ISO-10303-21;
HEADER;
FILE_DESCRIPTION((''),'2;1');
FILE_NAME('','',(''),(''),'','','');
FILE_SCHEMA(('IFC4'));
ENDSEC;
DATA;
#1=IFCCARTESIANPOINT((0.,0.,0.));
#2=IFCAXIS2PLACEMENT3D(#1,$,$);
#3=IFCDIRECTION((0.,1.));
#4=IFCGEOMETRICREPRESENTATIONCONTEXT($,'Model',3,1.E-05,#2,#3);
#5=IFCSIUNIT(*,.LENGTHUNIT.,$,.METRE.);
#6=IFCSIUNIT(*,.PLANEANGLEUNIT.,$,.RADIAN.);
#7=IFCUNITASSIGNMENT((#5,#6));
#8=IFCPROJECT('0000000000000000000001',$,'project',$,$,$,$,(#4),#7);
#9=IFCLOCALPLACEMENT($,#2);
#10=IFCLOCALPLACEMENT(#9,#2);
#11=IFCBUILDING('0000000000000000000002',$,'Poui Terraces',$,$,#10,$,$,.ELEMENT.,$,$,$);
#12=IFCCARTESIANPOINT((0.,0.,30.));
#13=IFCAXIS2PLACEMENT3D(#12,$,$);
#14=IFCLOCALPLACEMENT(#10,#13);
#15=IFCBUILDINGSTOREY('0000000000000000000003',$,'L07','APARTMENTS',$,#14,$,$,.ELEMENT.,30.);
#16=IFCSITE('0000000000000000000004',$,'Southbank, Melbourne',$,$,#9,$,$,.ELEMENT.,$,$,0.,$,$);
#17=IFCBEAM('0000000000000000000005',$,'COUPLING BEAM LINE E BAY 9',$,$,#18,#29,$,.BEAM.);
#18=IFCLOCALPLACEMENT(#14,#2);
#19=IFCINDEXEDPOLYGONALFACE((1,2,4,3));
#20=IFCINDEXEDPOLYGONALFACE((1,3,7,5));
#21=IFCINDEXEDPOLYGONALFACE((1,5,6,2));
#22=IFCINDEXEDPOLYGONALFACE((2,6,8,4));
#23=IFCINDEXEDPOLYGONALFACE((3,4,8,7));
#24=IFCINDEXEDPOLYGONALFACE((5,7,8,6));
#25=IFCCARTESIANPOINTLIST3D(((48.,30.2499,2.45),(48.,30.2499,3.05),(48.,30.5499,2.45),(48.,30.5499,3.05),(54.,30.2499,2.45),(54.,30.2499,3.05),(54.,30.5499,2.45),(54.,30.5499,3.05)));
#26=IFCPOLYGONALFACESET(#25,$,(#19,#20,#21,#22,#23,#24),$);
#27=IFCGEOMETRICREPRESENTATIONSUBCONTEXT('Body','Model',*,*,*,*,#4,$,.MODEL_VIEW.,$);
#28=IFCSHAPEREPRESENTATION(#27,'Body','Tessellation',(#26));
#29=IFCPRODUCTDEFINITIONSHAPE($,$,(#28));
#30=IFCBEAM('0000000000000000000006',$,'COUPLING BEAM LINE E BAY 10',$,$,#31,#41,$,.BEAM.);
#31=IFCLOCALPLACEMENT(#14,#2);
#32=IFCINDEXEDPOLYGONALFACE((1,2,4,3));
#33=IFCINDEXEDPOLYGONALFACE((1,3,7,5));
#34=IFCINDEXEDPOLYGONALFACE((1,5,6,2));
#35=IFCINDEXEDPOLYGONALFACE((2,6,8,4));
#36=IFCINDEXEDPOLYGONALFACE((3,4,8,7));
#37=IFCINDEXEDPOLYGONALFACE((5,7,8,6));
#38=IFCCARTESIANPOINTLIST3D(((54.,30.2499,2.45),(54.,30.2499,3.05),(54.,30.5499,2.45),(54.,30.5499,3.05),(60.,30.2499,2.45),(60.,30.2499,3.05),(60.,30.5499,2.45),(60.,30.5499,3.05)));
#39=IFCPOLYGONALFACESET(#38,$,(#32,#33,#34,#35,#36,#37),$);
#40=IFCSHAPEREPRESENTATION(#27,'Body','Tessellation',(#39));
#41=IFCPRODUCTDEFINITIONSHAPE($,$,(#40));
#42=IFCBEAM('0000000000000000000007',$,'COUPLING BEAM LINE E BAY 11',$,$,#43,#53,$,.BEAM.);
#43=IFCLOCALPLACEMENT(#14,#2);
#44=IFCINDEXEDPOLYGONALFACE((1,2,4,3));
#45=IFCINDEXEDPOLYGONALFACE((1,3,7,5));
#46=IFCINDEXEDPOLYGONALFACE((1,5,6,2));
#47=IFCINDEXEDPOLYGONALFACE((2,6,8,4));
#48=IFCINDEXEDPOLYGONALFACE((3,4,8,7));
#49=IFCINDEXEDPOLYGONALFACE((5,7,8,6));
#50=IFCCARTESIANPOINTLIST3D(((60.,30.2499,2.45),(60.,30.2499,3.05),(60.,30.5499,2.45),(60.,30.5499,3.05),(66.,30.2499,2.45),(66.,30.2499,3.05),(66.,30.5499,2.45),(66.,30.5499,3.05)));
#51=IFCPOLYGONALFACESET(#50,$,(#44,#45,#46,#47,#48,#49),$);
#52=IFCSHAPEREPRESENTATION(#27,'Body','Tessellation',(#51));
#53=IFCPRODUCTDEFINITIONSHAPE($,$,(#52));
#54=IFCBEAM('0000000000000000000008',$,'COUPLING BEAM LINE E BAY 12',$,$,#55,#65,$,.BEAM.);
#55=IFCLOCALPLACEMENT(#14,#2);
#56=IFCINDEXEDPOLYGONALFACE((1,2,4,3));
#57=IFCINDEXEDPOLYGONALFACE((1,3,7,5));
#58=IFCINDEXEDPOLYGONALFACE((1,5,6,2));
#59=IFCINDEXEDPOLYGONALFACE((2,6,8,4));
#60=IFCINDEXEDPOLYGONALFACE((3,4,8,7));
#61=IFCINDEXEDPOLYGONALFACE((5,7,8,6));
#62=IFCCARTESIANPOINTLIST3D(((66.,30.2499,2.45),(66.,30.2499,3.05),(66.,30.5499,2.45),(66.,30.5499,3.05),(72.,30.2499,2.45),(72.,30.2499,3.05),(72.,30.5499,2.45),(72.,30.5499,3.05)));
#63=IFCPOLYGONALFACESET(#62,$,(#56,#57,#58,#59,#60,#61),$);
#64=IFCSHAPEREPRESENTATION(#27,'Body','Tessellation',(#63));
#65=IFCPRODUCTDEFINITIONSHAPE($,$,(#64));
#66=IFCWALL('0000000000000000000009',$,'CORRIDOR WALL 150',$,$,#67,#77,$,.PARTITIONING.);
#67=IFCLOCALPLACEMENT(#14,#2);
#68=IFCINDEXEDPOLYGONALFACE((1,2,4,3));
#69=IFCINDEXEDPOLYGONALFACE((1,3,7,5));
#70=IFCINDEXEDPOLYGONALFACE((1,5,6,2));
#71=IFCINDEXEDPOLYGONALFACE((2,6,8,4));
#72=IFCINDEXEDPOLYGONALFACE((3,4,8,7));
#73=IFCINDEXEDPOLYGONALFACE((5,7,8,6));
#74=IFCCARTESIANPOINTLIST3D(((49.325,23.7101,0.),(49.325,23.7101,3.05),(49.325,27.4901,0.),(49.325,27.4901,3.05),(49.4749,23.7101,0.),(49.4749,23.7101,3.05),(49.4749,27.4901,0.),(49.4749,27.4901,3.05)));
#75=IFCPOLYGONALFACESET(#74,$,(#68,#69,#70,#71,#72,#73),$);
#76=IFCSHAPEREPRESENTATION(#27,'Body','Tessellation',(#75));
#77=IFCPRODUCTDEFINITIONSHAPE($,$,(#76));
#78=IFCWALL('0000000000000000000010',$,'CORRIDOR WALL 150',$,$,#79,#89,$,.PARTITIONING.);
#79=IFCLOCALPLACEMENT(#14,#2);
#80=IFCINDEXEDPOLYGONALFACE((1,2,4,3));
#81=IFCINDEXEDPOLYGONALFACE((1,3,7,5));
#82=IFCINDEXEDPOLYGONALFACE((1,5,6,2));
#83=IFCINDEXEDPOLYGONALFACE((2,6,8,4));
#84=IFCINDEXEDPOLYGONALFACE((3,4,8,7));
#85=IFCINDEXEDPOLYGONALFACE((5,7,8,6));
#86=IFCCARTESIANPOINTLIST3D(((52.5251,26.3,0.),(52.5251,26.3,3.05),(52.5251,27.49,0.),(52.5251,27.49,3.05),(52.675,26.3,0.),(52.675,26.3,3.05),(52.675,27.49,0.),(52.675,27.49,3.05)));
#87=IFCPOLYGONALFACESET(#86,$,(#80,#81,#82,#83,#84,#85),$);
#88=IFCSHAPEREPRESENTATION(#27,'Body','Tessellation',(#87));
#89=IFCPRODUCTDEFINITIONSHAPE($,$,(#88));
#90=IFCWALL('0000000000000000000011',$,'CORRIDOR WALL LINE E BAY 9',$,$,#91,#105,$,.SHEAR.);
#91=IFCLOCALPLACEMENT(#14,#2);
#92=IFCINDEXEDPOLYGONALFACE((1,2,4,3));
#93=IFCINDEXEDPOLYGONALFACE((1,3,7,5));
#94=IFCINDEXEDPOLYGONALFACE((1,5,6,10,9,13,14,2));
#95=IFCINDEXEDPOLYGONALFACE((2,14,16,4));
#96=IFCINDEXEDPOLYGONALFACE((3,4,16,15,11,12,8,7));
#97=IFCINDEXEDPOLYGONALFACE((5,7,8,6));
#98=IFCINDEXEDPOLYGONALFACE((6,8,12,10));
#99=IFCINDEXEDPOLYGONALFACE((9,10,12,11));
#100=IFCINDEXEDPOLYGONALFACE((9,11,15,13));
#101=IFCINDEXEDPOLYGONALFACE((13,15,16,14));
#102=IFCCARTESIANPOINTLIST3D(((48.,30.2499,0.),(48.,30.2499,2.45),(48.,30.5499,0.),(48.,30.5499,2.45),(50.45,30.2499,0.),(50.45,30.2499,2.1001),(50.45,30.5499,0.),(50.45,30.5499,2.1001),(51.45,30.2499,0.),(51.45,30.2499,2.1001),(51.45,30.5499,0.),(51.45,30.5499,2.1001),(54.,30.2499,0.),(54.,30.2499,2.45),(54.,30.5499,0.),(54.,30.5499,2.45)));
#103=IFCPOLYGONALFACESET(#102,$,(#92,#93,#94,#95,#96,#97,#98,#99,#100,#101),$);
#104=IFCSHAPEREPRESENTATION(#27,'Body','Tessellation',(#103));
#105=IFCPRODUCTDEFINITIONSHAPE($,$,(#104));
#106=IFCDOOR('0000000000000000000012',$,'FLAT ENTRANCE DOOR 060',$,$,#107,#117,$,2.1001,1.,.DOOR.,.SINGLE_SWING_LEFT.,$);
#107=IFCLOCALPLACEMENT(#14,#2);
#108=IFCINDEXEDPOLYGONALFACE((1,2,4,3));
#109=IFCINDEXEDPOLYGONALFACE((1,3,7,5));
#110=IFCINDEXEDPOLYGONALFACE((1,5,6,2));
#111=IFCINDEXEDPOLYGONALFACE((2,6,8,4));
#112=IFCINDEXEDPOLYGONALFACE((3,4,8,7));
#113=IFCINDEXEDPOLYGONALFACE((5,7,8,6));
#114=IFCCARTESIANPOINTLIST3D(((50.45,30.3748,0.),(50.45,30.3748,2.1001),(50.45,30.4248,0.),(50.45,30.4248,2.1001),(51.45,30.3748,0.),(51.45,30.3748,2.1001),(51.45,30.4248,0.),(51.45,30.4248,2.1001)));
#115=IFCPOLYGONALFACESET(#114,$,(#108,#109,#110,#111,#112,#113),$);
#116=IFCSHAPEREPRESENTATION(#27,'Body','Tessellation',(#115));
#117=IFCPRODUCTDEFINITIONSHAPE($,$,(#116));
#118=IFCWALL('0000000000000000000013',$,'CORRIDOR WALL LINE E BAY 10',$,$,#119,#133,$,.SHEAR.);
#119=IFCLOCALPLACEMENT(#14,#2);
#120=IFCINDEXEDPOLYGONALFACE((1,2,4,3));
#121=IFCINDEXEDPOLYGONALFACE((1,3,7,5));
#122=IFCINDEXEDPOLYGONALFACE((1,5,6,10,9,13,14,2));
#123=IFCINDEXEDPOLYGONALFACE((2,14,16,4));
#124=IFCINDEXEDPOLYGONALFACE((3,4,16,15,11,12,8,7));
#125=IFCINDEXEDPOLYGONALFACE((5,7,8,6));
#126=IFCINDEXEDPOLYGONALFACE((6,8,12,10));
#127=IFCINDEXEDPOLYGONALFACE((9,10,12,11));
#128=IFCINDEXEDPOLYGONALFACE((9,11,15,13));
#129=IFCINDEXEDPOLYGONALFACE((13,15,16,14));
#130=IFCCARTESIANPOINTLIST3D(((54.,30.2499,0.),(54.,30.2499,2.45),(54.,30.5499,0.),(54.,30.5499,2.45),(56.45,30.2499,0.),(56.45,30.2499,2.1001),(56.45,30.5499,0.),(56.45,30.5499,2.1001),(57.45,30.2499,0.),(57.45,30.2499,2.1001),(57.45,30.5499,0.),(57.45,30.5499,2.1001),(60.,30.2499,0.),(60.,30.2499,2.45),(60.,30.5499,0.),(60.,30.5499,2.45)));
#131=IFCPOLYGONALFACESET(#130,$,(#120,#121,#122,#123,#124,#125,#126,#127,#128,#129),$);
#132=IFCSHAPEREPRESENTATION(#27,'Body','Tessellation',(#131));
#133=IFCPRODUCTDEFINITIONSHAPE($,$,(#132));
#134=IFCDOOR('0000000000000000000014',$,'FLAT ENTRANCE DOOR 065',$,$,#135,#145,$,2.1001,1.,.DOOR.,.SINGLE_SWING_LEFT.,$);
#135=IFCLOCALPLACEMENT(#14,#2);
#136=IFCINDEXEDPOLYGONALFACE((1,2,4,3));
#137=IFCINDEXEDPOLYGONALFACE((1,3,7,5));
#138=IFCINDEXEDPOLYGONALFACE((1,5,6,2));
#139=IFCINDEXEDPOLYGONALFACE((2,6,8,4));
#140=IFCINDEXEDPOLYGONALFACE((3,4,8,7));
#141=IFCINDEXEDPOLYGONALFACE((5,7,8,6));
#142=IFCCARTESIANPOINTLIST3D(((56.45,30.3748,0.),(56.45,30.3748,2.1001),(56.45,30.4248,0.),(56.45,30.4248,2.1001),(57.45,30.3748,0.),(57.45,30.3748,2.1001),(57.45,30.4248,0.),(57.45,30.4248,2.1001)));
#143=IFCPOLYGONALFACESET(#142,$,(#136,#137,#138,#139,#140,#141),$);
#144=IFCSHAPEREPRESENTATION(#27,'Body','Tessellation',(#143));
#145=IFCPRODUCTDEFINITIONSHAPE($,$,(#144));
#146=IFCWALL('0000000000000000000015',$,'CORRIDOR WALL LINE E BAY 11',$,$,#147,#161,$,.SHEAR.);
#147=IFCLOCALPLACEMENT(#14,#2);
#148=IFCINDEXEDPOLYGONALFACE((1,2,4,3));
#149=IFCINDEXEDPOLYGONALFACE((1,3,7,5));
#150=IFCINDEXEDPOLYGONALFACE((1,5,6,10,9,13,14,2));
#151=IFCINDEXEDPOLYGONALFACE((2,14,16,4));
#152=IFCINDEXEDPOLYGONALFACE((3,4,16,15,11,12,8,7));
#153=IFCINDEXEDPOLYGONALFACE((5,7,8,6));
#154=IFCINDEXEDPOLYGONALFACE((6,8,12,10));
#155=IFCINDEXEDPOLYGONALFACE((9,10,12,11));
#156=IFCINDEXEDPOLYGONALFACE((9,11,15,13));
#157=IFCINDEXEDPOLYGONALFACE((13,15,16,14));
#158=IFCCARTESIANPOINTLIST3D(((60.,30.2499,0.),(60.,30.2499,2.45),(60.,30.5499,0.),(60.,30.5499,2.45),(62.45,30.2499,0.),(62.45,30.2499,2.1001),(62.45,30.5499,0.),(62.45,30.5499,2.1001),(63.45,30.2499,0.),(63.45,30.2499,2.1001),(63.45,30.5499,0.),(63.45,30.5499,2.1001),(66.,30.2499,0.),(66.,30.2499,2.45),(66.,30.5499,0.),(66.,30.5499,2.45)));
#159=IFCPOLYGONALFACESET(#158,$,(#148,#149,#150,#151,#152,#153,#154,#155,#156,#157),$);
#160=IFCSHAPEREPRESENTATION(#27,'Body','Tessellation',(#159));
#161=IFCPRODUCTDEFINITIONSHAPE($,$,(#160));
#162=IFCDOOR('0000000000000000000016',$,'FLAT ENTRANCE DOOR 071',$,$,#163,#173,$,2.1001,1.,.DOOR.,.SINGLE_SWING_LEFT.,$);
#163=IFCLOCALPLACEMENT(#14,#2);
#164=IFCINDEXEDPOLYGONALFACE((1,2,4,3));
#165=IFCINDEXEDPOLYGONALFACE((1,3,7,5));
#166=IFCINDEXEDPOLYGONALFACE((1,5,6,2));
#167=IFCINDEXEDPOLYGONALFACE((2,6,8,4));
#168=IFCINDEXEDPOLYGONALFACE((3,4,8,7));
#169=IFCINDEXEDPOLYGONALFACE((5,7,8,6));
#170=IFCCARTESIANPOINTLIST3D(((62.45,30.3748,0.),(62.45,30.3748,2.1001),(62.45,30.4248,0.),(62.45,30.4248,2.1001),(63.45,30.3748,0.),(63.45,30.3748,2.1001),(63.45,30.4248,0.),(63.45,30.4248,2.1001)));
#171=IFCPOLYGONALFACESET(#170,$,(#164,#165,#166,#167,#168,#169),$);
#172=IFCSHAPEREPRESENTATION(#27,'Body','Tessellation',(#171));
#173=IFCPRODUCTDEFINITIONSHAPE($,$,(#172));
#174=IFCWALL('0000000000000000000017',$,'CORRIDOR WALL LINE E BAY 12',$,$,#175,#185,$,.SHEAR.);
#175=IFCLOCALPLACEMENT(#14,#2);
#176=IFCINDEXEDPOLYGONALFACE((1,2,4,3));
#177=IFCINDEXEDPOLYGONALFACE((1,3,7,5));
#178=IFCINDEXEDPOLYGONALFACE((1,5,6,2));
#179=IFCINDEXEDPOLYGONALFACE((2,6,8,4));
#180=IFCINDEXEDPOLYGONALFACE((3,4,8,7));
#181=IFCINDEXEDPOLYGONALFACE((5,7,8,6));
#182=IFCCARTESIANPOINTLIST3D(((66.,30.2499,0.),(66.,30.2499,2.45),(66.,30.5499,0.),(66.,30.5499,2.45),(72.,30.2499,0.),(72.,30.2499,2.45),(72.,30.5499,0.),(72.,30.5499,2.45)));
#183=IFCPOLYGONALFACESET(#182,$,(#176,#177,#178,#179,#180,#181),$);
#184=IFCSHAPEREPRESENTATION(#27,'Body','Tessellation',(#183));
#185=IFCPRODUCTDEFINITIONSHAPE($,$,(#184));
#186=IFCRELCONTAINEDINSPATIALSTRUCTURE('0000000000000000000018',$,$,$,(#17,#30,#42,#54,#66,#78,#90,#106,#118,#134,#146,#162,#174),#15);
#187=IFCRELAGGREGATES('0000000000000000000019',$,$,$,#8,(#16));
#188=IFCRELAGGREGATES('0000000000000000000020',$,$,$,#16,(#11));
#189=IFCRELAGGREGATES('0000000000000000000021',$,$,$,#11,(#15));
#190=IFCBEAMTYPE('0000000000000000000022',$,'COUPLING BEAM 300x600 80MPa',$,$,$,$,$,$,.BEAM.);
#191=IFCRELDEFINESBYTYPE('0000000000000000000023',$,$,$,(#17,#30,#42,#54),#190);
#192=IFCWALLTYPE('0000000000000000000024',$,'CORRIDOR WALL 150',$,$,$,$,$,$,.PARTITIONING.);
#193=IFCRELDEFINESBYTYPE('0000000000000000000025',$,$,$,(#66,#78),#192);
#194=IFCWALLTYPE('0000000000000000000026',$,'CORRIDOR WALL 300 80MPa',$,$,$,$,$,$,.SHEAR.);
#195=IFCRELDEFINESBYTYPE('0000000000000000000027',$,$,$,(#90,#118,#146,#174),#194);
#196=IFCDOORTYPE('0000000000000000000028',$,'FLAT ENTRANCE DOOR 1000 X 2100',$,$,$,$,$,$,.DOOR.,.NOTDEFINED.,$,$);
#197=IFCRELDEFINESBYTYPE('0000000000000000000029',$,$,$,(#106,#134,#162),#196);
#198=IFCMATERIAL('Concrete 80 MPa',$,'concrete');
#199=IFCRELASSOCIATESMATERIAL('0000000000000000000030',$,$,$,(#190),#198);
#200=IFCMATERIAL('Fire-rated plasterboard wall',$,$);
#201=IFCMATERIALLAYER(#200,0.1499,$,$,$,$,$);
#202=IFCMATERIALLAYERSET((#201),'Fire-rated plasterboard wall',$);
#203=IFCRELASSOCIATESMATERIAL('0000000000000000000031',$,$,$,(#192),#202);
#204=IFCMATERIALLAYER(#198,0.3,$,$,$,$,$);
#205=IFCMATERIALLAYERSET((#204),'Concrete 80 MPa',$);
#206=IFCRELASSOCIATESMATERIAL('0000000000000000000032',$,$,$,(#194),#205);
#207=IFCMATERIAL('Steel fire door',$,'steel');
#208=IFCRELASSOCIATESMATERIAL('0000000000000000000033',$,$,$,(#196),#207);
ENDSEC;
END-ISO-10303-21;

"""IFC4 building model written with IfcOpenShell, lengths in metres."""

from ifc_helpers import new_model, si_unit, direction, frame, frame_2d, origin, origin_2d, place, context, subcontext, project, spatial, rectangle, extrude, source, transform, mapped, material, layer, layer_set, material_profile, profile_set, type_object, element, fill, save


model = new_model("IFC4")

# Units and contexts
model_context = context("Model", 3, precision=1e-05, world=origin(), true_north=direction((0.0, 1.0)))
body_context = subcontext(model_context, "Body", "Model", "MODEL_VIEW")
ifc_project = project(units=[si_unit("LENGTHUNIT", "METRE"), si_unit("PLANEANGLEUNIT", "RADIAN")], contexts=[model_context])

# Site, building, storey
site_placement = place(None, origin())
site = spatial("IfcSite", under=ifc_project, at=site_placement, Name="Southbank, Melbourne", CompositionType="ELEMENT", RefElevation=0.0)
building_placement = place(site_placement, origin())
building = spatial("IfcBuilding", under=site, at=building_placement, Name="Poui Terraces", CompositionType="ELEMENT")
storey_placement = place(building_placement, frame((0.0, 0.0, 30.0)))
storey = spatial("IfcBuildingStorey", under=building, at=storey_placement, Name="L07", Description="APARTMENTS", CompositionType="ELEMENT", Elevation=30.0)

# Beams
ifc_material_1 = material(Name="Concrete 80 MPa", Category="concrete")
ifc_material_profile = material_profile(ifc_material_1, rectangle(XDim=0.3, YDim=0.6001, at=origin_2d()), Name="RC 300x600")
ifc_profile_set = profile_set([ifc_material_profile], Name="Concrete 80 MPa")
beam_type = type_object("IfcBeamType", Name="COUPLING BEAM 300x600 80MPa", PredefinedType="BEAM", material=ifc_profile_set)
shared_shape = source(origin(), body_context, "Body", "SweptSolid", [
    extrude(rectangle(XDim=0.3, YDim=0.6001, at=origin_2d()), origin(), (0.0, 0.0, 1.0), 6.0),
])
for number, where, z_axis, x_axis, name in (
    (1, (48.0, 30.3999, 2.75), (1.0, 0.0, 0.0), (0.0, 1.0, 0.0), "COUPLING BEAM LINE E BAY 9"),
    (2, (54.0, 30.3999, 2.75), (1.0, 0.0, 0.0), (0.0, 1.0, 0.0), "COUPLING BEAM LINE E BAY 10"),
    (3, (60.0, 30.3999, 2.75), (1.0, 0.0, 0.0), (0.0, 1.0, 0.0), "COUPLING BEAM LINE E BAY 11"),
    (4, (66.0, 30.3999, 2.75), (1.0, 0.0, 0.0), (0.0, 1.0, 0.0), "COUPLING BEAM LINE E BAY 12"),
):
    element("IfcBeam", number, at=place(storey_placement, frame(where, z_axis=z_axis, x_axis=x_axis)), inside=storey, type_object=beam_type, Name=name, PredefinedType="BEAM", context=body_context, shape_type="MappedRepresentation", body=[
        mapped(shared_shape, transform((0.0, 0.0, 0.0))),
    ])

# Walls
ifc_material_2 = material(Name="Fire-rated plasterboard wall")
ifc_layer_1 = layer(ifc_material_2, 0.1499)
ifc_layer_set_1 = layer_set([ifc_layer_1], Name="Fire-rated plasterboard wall")
wall_type_1 = type_object("IfcWallType", Name="CORRIDOR WALL 150", PredefinedType="PARTITIONING", material=ifc_layer_set_1)
wall_1_placement = place(storey_placement, frame((49.3999, 23.71, 0.0), z_axis=(0.0, 0.0, 1.0), x_axis=(0.0, 1.0, 0.0)))
element("IfcWall", 5, at=wall_1_placement, inside=storey, type_object=wall_type_1, Name="CORRIDOR WALL 150", PredefinedType="PARTITIONING", context=body_context, shape_type="SweptSolid", body=[
    extrude(rectangle(XDim=3.78, YDim=0.1499, at=frame_2d((1.8901, 0.0))), origin(), (0.0, 0.0, 1.0), 3.05),
])
wall_2_placement = place(storey_placement, frame((52.6001, 26.3, 0.0), z_axis=(0.0, 0.0, 1.0), x_axis=(0.0, 1.0, 0.0)))
element("IfcWall", 6, at=wall_2_placement, inside=storey, type_object=wall_type_1, Name="CORRIDOR WALL 150", PredefinedType="PARTITIONING", context=body_context, shape_type="SweptSolid", body=[
    extrude(rectangle(XDim=1.1899, YDim=0.1499, at=frame_2d((0.595, 0.0))), origin(), (0.0, 0.0, 1.0), 3.05),
])

# Walls, openings, doors
ifc_layer_2 = layer(ifc_material_1, 0.3)
ifc_layer_set_2 = layer_set([ifc_layer_2], Name="Concrete 80 MPa")
wall_type_2 = type_object("IfcWallType", Name="CORRIDOR WALL 300 80MPa", PredefinedType="SHEAR", material=ifc_layer_set_2)
wall_3_placement = place(storey_placement, frame((48.0, 30.3999, 0.0), z_axis=(0.0, 0.0, 1.0), x_axis=(1.0, 0.0, 0.0)))
wall_3 = element("IfcWall", 7, at=wall_3_placement, inside=storey, type_object=wall_type_2, Name="CORRIDOR WALL LINE E BAY 9", PredefinedType="SHEAR", context=body_context, shape_type="SweptSolid", body=[
    extrude(rectangle(XDim=6.0, YDim=0.3, at=frame_2d((3.0, 0.0))), origin(), (0.0, 0.0, 1.0), 2.45),
])
opening_1_placement = place(wall_3_placement, frame((2.45, 0.0, 0.0)))
opening_1 = element("IfcOpeningElement", 8, at=opening_1_placement, cuts=wall_3, PredefinedType="OPENING", context=body_context, shape_type="SweptSolid", body=[
    extrude(rectangle(XDim=1.0, YDim=2.1001, at=frame_2d((0.5, 1.05))), frame((0.0, 0.1602, 0.0), z_axis=(0.0, -1.0, 0.0), x_axis=(1.0, 0.0, 0.0)), (0.0, 0.0, 1.0), 0.3201),
])
ifc_material_3 = material(Name="Steel fire door", Category="steel")
door_type_1 = type_object("IfcDoorType", Name="FLAT ENTRANCE DOOR 1000 X 2100", OperationType="NOTDEFINED", PredefinedType="DOOR", material=ifc_material_3)
door_1_placement = place(opening_1_placement, origin())
door_1 = element("IfcDoor", 9, at=door_1_placement, inside=storey, type_object=door_type_1, Name="FLAT ENTRANCE DOOR 060", OperationType="SINGLE_SWING_LEFT", OverallHeight=2.1001, OverallWidth=1.0, PredefinedType="DOOR", context=body_context, shape_type="SweptSolid", body=[
    extrude(rectangle(XDim=1.0, YDim=2.1001, at=frame_2d((0.5, 1.05))), frame((0.0, 0.0249, 0.0), z_axis=(0.0, -1.0, 0.0), x_axis=(1.0, 0.0, 0.0)), (0.0, 0.0, 1.0), 0.05),
])
fill(opening_1, door_1)
wall_4_placement = place(storey_placement, frame((54.0, 30.3999, 0.0), z_axis=(0.0, 0.0, 1.0), x_axis=(1.0, 0.0, 0.0)))
wall_4 = element("IfcWall", 10, at=wall_4_placement, inside=storey, type_object=wall_type_2, Name="CORRIDOR WALL LINE E BAY 10", PredefinedType="SHEAR", context=body_context, shape_type="SweptSolid", body=[
    extrude(rectangle(XDim=6.0, YDim=0.3, at=frame_2d((3.0, 0.0))), origin(), (0.0, 0.0, 1.0), 2.45),
])
opening_2_placement = place(wall_4_placement, frame((2.45, 0.0, 0.0)))
opening_2 = element("IfcOpeningElement", 11, at=opening_2_placement, cuts=wall_4, PredefinedType="OPENING", context=body_context, shape_type="SweptSolid", body=[
    extrude(rectangle(XDim=1.0, YDim=2.1001, at=frame_2d((0.5, 1.05))), frame((0.0, 0.1602, 0.0), z_axis=(0.0, -1.0, 0.0), x_axis=(1.0, 0.0, 0.0)), (0.0, 0.0, 1.0), 0.3201),
])
door_2_placement = place(opening_2_placement, origin())
door_2 = element("IfcDoor", 12, at=door_2_placement, inside=storey, type_object=door_type_1, Name="FLAT ENTRANCE DOOR 065", OperationType="SINGLE_SWING_LEFT", OverallHeight=2.1001, OverallWidth=1.0, PredefinedType="DOOR", context=body_context, shape_type="SweptSolid", body=[
    extrude(rectangle(XDim=1.0, YDim=2.1001, at=frame_2d((0.5, 1.05))), frame((0.0, 0.0249, 0.0), z_axis=(0.0, -1.0, 0.0), x_axis=(1.0, 0.0, 0.0)), (0.0, 0.0, 1.0), 0.05),
])
fill(opening_2, door_2)
wall_5_placement = place(storey_placement, frame((60.0, 30.3999, 0.0), z_axis=(0.0, 0.0, 1.0), x_axis=(1.0, 0.0, 0.0)))
wall_5 = element("IfcWall", 13, at=wall_5_placement, inside=storey, type_object=wall_type_2, Name="CORRIDOR WALL LINE E BAY 11", PredefinedType="SHEAR", context=body_context, shape_type="SweptSolid", body=[
    extrude(rectangle(XDim=6.0, YDim=0.3, at=frame_2d((3.0, 0.0))), origin(), (0.0, 0.0, 1.0), 2.45),
])
opening_3_placement = place(wall_5_placement, frame((2.45, 0.0, 0.0)))
opening_3 = element("IfcOpeningElement", 14, at=opening_3_placement, cuts=wall_5, PredefinedType="OPENING", context=body_context, shape_type="SweptSolid", body=[
    extrude(rectangle(XDim=1.0, YDim=2.1001, at=frame_2d((0.5, 1.05))), frame((0.0, 0.1602, 0.0), z_axis=(0.0, -1.0, 0.0), x_axis=(1.0, 0.0, 0.0)), (0.0, 0.0, 1.0), 0.3201),
])
door_3_placement = place(opening_3_placement, origin())
door_3 = element("IfcDoor", 15, at=door_3_placement, inside=storey, type_object=door_type_1, Name="FLAT ENTRANCE DOOR 071", OperationType="SINGLE_SWING_LEFT", OverallHeight=2.1001, OverallWidth=1.0, PredefinedType="DOOR", context=body_context, shape_type="SweptSolid", body=[
    extrude(rectangle(XDim=1.0, YDim=2.1001, at=frame_2d((0.5, 1.05))), frame((0.0, 0.0249, 0.0), z_axis=(0.0, -1.0, 0.0), x_axis=(1.0, 0.0, 0.0)), (0.0, 0.0, 1.0), 0.05),
])
fill(opening_3, door_3)

# Wall
wall_6_placement = place(storey_placement, frame((66.0, 30.3999, 0.0), z_axis=(0.0, 0.0, 1.0), x_axis=(1.0, 0.0, 0.0)))
element("IfcWall", 16, at=wall_6_placement, inside=storey, type_object=wall_type_2, Name="CORRIDOR WALL LINE E BAY 12", PredefinedType="SHEAR", context=body_context, shape_type="SweptSolid", body=[
    extrude(rectangle(XDim=6.0, YDim=0.3, at=frame_2d((3.0, 0.0))), origin(), (0.0, 0.0, 1.0), 2.45),
])

save(model, "model.ifc")
